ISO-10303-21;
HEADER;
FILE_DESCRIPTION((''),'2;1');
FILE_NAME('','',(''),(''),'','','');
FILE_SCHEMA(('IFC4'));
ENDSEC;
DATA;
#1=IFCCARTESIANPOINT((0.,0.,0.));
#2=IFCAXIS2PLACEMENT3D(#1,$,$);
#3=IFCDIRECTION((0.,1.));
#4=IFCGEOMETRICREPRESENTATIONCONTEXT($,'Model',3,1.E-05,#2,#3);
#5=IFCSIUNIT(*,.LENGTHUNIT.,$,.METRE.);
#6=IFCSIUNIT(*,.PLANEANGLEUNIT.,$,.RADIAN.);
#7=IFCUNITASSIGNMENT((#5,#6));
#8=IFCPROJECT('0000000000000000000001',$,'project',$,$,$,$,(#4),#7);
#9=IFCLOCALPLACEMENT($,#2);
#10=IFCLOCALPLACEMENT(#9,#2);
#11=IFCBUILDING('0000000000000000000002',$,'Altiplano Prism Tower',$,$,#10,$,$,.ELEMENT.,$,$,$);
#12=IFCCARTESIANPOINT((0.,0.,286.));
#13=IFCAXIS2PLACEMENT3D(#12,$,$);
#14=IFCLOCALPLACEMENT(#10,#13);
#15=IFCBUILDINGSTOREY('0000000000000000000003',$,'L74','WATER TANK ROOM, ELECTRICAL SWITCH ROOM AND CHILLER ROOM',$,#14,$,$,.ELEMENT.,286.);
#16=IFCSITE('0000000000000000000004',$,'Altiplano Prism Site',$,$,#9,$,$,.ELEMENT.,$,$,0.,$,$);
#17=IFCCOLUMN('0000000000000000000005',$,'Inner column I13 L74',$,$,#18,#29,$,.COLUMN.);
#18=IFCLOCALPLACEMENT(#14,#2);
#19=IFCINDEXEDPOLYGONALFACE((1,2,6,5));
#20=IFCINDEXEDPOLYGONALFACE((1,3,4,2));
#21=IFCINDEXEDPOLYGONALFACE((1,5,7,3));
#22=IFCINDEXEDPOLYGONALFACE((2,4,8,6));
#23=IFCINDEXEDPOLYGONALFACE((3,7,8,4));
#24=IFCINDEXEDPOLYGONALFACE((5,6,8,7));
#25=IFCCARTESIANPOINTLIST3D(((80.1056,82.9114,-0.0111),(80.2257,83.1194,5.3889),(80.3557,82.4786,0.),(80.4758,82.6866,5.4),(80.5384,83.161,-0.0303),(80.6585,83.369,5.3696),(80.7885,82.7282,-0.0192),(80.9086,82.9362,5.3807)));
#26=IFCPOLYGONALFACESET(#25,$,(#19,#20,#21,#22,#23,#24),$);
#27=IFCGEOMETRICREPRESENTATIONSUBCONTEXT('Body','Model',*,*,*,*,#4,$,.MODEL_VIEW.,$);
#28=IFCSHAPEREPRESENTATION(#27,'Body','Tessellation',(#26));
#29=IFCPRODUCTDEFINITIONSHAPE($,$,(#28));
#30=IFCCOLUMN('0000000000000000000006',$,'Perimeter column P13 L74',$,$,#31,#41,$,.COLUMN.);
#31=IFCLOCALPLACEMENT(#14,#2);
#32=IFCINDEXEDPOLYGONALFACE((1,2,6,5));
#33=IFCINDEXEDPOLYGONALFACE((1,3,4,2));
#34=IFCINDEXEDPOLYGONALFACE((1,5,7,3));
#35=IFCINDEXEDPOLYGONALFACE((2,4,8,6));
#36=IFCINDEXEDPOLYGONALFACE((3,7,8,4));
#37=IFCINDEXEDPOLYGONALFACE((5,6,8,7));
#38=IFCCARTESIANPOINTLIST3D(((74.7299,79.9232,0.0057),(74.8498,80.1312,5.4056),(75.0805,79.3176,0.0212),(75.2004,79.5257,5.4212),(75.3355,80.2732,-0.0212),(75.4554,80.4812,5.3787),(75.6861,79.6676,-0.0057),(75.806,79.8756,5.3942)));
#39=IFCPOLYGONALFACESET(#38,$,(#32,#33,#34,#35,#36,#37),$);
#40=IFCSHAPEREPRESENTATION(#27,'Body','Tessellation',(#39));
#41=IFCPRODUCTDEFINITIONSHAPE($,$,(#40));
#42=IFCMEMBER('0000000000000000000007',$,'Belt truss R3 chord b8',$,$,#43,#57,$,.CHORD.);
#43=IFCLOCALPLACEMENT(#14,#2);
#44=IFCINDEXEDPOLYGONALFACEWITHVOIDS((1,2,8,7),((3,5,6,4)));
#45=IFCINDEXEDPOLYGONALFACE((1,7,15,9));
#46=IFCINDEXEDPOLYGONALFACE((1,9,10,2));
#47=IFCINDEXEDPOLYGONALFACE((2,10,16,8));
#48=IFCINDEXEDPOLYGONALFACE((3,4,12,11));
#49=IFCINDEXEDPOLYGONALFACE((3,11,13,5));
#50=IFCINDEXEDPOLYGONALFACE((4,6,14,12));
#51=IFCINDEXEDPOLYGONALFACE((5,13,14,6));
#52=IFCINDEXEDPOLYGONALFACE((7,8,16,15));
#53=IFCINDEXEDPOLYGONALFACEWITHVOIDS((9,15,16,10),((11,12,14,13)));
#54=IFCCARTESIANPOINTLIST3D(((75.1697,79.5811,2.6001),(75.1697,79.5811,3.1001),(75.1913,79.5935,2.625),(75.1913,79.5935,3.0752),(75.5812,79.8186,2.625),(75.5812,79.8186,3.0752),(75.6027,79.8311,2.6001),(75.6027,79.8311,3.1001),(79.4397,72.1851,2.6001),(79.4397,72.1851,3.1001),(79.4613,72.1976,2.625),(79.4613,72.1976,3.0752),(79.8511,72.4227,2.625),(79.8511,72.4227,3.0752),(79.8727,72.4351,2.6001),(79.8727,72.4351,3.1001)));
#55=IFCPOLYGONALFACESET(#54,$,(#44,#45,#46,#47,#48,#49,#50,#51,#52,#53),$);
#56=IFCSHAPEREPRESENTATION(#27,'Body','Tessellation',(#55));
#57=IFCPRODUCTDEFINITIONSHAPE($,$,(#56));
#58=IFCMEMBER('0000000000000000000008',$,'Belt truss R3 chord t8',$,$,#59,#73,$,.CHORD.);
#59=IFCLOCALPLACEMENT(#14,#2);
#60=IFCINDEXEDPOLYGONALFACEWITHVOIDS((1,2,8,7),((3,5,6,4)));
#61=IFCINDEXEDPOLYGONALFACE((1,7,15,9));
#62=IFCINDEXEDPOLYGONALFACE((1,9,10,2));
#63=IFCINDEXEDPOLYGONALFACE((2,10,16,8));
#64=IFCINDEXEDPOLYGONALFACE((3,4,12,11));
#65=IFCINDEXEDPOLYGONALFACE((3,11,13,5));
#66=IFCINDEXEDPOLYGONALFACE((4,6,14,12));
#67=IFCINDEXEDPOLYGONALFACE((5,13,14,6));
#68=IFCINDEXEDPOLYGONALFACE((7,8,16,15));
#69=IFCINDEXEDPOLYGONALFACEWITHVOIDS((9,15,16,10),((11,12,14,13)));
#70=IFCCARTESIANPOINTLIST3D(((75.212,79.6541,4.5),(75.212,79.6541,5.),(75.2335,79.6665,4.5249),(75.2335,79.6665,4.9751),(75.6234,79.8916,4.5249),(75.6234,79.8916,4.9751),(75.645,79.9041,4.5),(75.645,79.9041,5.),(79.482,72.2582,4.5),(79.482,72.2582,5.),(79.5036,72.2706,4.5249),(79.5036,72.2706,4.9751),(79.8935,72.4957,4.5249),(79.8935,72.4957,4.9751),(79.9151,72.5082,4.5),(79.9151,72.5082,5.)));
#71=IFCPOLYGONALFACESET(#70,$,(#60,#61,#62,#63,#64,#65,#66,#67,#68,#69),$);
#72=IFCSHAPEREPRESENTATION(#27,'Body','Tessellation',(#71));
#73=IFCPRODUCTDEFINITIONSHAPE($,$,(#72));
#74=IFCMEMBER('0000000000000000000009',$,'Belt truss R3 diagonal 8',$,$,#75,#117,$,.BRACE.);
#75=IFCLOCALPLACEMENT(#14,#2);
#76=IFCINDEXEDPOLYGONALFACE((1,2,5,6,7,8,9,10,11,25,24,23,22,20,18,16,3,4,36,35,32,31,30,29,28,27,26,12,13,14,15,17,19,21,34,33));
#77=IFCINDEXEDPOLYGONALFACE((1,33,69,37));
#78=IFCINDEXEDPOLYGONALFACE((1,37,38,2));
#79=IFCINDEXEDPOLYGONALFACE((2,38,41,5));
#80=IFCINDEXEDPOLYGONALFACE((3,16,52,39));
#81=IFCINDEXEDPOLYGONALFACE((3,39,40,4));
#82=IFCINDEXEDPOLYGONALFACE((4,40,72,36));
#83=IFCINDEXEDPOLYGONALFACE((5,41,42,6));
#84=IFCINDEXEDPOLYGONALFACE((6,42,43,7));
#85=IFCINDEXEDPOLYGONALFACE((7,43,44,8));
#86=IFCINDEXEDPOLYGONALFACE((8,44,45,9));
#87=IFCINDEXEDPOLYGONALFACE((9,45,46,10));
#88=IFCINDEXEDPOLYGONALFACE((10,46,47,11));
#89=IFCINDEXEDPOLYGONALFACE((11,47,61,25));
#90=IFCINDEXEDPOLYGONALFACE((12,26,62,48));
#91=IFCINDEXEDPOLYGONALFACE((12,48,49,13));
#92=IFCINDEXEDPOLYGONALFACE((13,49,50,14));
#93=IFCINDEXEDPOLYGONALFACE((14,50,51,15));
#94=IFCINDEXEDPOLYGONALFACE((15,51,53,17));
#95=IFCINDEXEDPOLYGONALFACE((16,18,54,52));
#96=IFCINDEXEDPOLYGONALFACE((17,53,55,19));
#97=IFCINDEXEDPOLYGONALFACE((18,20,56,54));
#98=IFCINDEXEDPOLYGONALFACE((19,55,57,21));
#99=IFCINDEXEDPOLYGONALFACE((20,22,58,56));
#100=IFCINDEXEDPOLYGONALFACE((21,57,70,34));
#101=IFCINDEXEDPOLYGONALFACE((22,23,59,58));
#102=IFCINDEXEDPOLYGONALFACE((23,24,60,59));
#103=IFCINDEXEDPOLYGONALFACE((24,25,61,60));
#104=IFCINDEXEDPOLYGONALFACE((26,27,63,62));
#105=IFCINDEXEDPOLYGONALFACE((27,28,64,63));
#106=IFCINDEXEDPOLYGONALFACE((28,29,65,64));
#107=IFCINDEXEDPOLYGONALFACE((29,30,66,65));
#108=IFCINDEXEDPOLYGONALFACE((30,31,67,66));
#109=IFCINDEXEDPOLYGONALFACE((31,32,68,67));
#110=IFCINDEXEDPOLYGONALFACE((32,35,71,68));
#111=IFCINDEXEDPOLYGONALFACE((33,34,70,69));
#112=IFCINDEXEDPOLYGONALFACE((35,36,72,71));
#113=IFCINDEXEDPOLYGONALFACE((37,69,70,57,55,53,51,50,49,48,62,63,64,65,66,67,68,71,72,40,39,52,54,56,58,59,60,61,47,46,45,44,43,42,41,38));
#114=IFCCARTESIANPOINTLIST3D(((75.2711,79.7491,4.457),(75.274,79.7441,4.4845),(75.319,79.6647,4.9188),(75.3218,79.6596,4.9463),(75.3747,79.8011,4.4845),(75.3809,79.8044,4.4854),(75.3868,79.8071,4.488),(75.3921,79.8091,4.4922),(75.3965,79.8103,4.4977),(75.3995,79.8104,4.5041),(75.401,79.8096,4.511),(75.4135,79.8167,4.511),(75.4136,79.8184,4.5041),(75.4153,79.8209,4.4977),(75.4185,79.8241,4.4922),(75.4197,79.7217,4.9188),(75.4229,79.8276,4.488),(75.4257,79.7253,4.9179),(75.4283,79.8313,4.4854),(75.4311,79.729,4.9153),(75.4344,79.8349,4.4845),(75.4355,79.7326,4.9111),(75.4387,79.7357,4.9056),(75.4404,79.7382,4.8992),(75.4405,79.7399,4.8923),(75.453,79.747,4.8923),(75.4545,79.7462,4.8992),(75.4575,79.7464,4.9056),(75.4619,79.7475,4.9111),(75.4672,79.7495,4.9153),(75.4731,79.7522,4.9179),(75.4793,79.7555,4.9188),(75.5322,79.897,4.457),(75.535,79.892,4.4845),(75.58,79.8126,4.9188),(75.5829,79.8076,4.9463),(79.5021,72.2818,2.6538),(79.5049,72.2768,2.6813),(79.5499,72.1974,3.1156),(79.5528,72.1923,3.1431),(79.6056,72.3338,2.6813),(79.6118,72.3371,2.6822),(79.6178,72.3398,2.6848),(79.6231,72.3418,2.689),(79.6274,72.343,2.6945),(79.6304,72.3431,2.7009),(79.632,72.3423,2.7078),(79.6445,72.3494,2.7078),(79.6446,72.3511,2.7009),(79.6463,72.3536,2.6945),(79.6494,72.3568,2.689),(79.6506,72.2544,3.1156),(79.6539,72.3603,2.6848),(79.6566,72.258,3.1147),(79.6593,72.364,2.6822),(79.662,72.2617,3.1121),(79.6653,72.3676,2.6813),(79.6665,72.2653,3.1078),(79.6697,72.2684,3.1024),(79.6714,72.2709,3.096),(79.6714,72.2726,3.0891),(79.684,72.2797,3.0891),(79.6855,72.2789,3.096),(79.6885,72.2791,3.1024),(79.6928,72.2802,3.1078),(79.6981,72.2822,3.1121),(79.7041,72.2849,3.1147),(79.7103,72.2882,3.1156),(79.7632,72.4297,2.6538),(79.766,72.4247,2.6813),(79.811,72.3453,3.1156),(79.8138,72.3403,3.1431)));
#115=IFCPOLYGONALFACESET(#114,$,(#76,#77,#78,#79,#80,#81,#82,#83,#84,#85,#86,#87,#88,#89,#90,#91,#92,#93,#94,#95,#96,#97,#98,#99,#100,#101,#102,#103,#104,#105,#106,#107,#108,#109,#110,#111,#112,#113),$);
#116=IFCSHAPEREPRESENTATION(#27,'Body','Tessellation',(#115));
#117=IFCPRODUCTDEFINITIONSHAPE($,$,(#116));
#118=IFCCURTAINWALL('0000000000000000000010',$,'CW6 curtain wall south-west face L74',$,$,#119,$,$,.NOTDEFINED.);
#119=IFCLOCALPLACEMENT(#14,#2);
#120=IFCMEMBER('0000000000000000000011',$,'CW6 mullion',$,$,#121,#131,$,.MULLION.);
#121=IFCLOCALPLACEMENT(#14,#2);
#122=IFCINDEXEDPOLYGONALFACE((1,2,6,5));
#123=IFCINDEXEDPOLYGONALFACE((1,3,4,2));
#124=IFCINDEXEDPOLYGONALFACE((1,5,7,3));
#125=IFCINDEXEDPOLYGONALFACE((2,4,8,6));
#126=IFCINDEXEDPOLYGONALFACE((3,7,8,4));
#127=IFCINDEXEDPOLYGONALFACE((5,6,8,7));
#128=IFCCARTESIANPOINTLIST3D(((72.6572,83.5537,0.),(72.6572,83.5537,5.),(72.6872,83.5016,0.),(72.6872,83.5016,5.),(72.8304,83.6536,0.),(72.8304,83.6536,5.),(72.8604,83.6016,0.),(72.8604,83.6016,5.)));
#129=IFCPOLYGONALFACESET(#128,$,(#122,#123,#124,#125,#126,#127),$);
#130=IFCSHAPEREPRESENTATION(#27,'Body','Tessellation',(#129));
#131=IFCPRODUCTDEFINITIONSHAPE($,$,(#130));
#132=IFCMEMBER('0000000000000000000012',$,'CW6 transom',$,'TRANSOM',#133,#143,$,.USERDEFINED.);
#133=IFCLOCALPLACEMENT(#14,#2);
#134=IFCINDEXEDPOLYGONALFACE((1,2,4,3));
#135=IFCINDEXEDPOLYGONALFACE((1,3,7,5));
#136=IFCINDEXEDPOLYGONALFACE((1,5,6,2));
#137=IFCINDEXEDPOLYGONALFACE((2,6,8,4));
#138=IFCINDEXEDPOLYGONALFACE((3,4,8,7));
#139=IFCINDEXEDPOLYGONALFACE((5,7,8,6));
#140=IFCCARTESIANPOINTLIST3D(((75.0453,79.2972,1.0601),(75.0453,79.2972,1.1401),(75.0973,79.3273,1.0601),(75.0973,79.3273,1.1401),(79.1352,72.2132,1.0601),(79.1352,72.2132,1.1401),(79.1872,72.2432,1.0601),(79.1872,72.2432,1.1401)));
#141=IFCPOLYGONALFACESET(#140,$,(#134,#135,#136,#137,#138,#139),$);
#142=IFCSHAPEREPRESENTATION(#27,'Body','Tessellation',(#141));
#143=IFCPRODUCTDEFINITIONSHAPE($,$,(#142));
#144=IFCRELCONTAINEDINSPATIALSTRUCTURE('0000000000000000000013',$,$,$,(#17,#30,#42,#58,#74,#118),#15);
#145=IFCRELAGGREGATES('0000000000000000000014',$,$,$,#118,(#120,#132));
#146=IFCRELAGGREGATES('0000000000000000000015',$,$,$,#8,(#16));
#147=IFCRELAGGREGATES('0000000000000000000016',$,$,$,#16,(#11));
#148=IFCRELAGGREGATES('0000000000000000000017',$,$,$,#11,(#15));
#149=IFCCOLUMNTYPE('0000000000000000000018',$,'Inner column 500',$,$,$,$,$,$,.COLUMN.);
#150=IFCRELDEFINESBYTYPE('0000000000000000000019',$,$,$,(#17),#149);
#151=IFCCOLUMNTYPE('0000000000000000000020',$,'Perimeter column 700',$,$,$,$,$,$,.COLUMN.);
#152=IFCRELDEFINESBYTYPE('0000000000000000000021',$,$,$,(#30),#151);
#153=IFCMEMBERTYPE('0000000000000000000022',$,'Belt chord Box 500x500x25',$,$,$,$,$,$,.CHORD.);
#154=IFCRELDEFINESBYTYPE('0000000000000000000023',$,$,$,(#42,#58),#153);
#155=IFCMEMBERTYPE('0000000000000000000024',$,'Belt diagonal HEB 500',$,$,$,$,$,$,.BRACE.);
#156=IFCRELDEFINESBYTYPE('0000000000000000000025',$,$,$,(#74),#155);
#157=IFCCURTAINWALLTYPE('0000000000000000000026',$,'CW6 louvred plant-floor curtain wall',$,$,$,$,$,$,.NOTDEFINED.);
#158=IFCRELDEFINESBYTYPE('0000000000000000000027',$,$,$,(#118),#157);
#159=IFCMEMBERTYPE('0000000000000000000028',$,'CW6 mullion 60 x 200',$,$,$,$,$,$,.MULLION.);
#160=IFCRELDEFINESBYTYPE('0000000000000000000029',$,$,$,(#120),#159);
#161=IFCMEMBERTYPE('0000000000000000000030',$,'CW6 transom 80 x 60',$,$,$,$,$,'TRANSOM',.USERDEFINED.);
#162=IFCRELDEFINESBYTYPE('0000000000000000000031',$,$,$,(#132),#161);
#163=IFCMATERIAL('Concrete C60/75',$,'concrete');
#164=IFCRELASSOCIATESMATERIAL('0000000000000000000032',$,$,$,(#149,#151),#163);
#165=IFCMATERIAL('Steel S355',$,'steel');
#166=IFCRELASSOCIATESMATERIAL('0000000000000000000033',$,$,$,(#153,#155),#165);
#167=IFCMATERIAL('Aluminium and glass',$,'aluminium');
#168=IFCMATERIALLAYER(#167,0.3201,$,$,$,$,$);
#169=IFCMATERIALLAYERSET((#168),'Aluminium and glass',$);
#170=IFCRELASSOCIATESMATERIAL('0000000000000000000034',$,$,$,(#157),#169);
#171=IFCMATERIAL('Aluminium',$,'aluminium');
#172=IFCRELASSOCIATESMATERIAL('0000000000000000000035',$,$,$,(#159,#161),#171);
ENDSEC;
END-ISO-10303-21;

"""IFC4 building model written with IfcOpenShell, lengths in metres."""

from ifc_helpers import new_model, si_unit, direction, frame, origin, origin_2d, place, context, subcontext, project, spatial, rectangle, hollow_rectangle, i_section, extrude, material, layer, layer_set, material_profile, profile_set, type_object, element, aggregate, save


model = new_model("IFC4")

# Units and contexts
model_context = context("Model", 3, precision=1e-05, world=origin(), true_north=direction((0.0, 1.0)))
body_context = subcontext(model_context, "Body", "Model", "MODEL_VIEW")
ifc_project = project(units=[si_unit("LENGTHUNIT", "METRE"), si_unit("PLANEANGLEUNIT", "RADIAN")], contexts=[model_context])

# Site, building, storey
site_placement = place(None, origin())
site = spatial("IfcSite", under=ifc_project, at=site_placement, Name="Altiplano Prism Site", CompositionType="ELEMENT", RefElevation=0.0)
building_placement = place(site_placement, origin())
building = spatial("IfcBuilding", under=site, at=building_placement, Name="Altiplano Prism Tower", CompositionType="ELEMENT")
storey_placement = place(building_placement, frame((0.0, 0.0, 286.0)))
storey = spatial("IfcBuildingStorey", under=building, at=storey_placement, Name="L74", Description="WATER TANK ROOM, ELECTRICAL SWITCH ROOM AND CHILLER ROOM", CompositionType="ELEMENT", Elevation=286.0)

# Columns
ifc_material_1 = material(Name="Concrete C60/75", Category="concrete")
ifc_material_profile_1 = material_profile(ifc_material_1, rectangle(XDim=0.5, YDim=0.5, at=origin_2d()), Name="Inner column 500")
ifc_profile_set_1 = profile_set([ifc_material_profile_1], Name="Concrete C60/75")
column_type_1 = type_object("IfcColumnType", Name="Inner column 500", PredefinedType="COLUMN", material=ifc_profile_set_1)
column_1_placement = place(storey_placement, frame((80.447, 82.8198, -0.0151), z_axis=(0.022222, 0.038483, 0.999012), x_axis=(-0.86564, -0.499185, 0.038485)))
element("IfcColumn", 1, at=column_1_placement, inside=storey, type_object=column_type_1, Name="Inner column I13 L74", PredefinedType="COLUMN", context=body_context, shape_type="SweptSolid", body=[
    extrude(rectangle(XDim=0.5, YDim=0.5, at=origin_2d()), origin(), (0.0, 0.0, 1.0), 5.4053),
])
ifc_material_profile_2 = material_profile(ifc_material_1, rectangle(XDim=0.7, YDim=0.7, at=origin_2d()), Name="Perimeter column 700")
ifc_profile_set_2 = profile_set([ifc_material_profile_2], Name="Concrete C60/75")
column_type_2 = type_object("IfcColumnType", Name="Perimeter column 700", PredefinedType="COLUMN", material=ifc_profile_set_2)
column_2_placement = place(storey_placement, frame((75.208, 79.7954, 0.0), z_axis=(0.022177, 0.038483, 0.999013), x_axis=(-0.865201, -0.499948, 0.038465)))
element("IfcColumn", 2, at=column_2_placement, inside=storey, type_object=column_type_2, Name="Perimeter column P13 L74", PredefinedType="COLUMN", context=body_context, shape_type="SweptSolid", body=[
    extrude(rectangle(XDim=0.7, YDim=0.7, at=origin_2d()), origin(), (0.0, 0.0, 1.0), 5.4053),
])

# Members
ifc_material_2 = material(Name="Steel S355", Category="steel")
ifc_material_profile_3 = material_profile(ifc_material_2, hollow_rectangle(XDim=0.5, YDim=0.5, WallThickness=0.0249, at=origin_2d()), Name="Belt chord Box 500x500x25")
ifc_profile_set_3 = profile_set([ifc_material_profile_3], Name="Steel S355")
member_type_1 = type_object("IfcMemberType", Name="Belt chord Box 500x500x25", PredefinedType="CHORD", material=ifc_profile_set_3)
for number, where, z_axis, x_axis, name in (
    (3, (75.3862, 79.7061, 2.8501), (0.499995, -0.866028, 0.0), (0.866028, 0.499995, 0.0), "Belt truss R3 chord b8"),
    (4, (75.4285, 79.7791, 4.75), (0.500007, -0.866021, 0.0), (0.866021, 0.500007, 0.0), "Belt truss R3 chord t8"),
):
    element("IfcMember", number, at=place(storey_placement, frame(where, z_axis=z_axis, x_axis=x_axis)), inside=storey, type_object=member_type_1, Name=name, PredefinedType="CHORD", context=body_context, shape_type="SweptSolid", body=[
        extrude(hollow_rectangle(XDim=0.5, YDim=0.5, WallThickness=0.0249, at=origin_2d()), origin(), (0.0, 0.0, 1.0), 8.54),
    ])
ifc_material_profile_4 = material_profile(ifc_material_2, i_section(OverallWidth=0.3, OverallDepth=0.5, WebThickness=0.0144, FlangeThickness=0.0281, FilletRadius=0.0271, at=origin_2d()), Name="Belt diagonal HEB 500")
ifc_profile_set_4 = profile_set([ifc_material_profile_4], Name="Steel S355")
member_type_2 = type_object("IfcMemberType", Name="Belt diagonal HEB 500", PredefinedType="BRACE", material=ifc_profile_set_4)
member_1_placement = place(storey_placement, frame((75.427, 79.7783, 4.7017), z_axis=(0.482435, -0.851458, -0.205613), x_axis=(0.870047, 0.492968, 0.0)))
element("IfcMember", 5, at=member_1_placement, inside=storey, type_object=member_type_2, Name="Belt truss R3 diagonal 8", PredefinedType="BRACE", context=body_context, shape_type="SweptSolid", body=[
    extrude(i_section(OverallWidth=0.3, OverallDepth=0.5, WebThickness=0.0144, FlangeThickness=0.0281, FilletRadius=0.0271, at=origin_2d()), origin(), (0.0, 0.0, 1.0), 8.77),
])

# Curtain wall, members
ifc_material_3 = material(Name="Aluminium and glass", Category="aluminium")
ifc_layer_1 = layer(ifc_material_3, 0.3201)
ifc_layer_set_1 = layer_set([ifc_layer_1], Name="Aluminium and glass")
curtain_wall_type = type_object("IfcCurtainWallType", Name="CW6 louvred plant-floor curtain wall", PredefinedType="NOTDEFINED", material=ifc_layer_set_1)
curtain_wall_placement = place(storey_placement, origin())
curtain_wall = element("IfcCurtainWall", 6, at=curtain_wall_placement, inside=storey, type_object=curtain_wall_type, Name="CW6 curtain wall south-west face L74", PredefinedType="NOTDEFINED")
ifc_material_4 = material(Name="Aluminium", Category="aluminium")
ifc_material_profile_5 = material_profile(ifc_material_4, rectangle(XDim=0.2, YDim=0.0601, at=origin_2d()), Name="CW6 mullion 60 x 200")
ifc_profile_set_5 = profile_set([ifc_material_profile_5], Name="Aluminium")
member_type_3 = type_object("IfcMemberType", Name="CW6 mullion 60 x 200", PredefinedType="MULLION", material=ifc_profile_set_5)
member_2_placement = place(storey_placement, frame((72.7588, 83.5776, 0.0), z_axis=(0.0, 0.0, 1.0), x_axis=(0.866025, 0.5, 0.0)))
member_2 = element("IfcMember", 7, at=member_2_placement, type_object=member_type_3, Name="CW6 mullion", PredefinedType="MULLION", context=body_context, shape_type="SweptSolid", body=[
    extrude(rectangle(XDim=0.2, YDim=0.0601, at=origin_2d()), origin(), (0.0, 0.0, 1.0), 5.0),
])
ifc_material_profile_6 = material_profile(ifc_material_4, rectangle(XDim=0.0601, YDim=0.0801, at=origin_2d()), Name="CW6 transom 80 x 60")
ifc_profile_set_6 = profile_set([ifc_material_profile_6], Name="Aluminium")
member_type_4 = type_object("IfcMemberType", Name="CW6 transom 80 x 60", ElementType="TRANSOM", PredefinedType="USERDEFINED", material=ifc_profile_set_6)
member_3_placement = place(storey_placement, frame((75.0713, 79.3123, 1.1001), z_axis=(0.499991, -0.866031, 0.0), x_axis=(0.866031, 0.499991, 0.0)))
member_3 = element("IfcMember", 8, at=member_3_placement, type_object=member_type_4, Name="CW6 transom", ObjectType="TRANSOM", PredefinedType="USERDEFINED", context=body_context, shape_type="SweptSolid", body=[
    extrude(rectangle(XDim=0.0601, YDim=0.0801, at=origin_2d()), origin(), (0.0, 0.0, 1.0), 8.1799),
])

aggregate(curtain_wall, [member_2, member_3])

save(model, "model.ifc")
